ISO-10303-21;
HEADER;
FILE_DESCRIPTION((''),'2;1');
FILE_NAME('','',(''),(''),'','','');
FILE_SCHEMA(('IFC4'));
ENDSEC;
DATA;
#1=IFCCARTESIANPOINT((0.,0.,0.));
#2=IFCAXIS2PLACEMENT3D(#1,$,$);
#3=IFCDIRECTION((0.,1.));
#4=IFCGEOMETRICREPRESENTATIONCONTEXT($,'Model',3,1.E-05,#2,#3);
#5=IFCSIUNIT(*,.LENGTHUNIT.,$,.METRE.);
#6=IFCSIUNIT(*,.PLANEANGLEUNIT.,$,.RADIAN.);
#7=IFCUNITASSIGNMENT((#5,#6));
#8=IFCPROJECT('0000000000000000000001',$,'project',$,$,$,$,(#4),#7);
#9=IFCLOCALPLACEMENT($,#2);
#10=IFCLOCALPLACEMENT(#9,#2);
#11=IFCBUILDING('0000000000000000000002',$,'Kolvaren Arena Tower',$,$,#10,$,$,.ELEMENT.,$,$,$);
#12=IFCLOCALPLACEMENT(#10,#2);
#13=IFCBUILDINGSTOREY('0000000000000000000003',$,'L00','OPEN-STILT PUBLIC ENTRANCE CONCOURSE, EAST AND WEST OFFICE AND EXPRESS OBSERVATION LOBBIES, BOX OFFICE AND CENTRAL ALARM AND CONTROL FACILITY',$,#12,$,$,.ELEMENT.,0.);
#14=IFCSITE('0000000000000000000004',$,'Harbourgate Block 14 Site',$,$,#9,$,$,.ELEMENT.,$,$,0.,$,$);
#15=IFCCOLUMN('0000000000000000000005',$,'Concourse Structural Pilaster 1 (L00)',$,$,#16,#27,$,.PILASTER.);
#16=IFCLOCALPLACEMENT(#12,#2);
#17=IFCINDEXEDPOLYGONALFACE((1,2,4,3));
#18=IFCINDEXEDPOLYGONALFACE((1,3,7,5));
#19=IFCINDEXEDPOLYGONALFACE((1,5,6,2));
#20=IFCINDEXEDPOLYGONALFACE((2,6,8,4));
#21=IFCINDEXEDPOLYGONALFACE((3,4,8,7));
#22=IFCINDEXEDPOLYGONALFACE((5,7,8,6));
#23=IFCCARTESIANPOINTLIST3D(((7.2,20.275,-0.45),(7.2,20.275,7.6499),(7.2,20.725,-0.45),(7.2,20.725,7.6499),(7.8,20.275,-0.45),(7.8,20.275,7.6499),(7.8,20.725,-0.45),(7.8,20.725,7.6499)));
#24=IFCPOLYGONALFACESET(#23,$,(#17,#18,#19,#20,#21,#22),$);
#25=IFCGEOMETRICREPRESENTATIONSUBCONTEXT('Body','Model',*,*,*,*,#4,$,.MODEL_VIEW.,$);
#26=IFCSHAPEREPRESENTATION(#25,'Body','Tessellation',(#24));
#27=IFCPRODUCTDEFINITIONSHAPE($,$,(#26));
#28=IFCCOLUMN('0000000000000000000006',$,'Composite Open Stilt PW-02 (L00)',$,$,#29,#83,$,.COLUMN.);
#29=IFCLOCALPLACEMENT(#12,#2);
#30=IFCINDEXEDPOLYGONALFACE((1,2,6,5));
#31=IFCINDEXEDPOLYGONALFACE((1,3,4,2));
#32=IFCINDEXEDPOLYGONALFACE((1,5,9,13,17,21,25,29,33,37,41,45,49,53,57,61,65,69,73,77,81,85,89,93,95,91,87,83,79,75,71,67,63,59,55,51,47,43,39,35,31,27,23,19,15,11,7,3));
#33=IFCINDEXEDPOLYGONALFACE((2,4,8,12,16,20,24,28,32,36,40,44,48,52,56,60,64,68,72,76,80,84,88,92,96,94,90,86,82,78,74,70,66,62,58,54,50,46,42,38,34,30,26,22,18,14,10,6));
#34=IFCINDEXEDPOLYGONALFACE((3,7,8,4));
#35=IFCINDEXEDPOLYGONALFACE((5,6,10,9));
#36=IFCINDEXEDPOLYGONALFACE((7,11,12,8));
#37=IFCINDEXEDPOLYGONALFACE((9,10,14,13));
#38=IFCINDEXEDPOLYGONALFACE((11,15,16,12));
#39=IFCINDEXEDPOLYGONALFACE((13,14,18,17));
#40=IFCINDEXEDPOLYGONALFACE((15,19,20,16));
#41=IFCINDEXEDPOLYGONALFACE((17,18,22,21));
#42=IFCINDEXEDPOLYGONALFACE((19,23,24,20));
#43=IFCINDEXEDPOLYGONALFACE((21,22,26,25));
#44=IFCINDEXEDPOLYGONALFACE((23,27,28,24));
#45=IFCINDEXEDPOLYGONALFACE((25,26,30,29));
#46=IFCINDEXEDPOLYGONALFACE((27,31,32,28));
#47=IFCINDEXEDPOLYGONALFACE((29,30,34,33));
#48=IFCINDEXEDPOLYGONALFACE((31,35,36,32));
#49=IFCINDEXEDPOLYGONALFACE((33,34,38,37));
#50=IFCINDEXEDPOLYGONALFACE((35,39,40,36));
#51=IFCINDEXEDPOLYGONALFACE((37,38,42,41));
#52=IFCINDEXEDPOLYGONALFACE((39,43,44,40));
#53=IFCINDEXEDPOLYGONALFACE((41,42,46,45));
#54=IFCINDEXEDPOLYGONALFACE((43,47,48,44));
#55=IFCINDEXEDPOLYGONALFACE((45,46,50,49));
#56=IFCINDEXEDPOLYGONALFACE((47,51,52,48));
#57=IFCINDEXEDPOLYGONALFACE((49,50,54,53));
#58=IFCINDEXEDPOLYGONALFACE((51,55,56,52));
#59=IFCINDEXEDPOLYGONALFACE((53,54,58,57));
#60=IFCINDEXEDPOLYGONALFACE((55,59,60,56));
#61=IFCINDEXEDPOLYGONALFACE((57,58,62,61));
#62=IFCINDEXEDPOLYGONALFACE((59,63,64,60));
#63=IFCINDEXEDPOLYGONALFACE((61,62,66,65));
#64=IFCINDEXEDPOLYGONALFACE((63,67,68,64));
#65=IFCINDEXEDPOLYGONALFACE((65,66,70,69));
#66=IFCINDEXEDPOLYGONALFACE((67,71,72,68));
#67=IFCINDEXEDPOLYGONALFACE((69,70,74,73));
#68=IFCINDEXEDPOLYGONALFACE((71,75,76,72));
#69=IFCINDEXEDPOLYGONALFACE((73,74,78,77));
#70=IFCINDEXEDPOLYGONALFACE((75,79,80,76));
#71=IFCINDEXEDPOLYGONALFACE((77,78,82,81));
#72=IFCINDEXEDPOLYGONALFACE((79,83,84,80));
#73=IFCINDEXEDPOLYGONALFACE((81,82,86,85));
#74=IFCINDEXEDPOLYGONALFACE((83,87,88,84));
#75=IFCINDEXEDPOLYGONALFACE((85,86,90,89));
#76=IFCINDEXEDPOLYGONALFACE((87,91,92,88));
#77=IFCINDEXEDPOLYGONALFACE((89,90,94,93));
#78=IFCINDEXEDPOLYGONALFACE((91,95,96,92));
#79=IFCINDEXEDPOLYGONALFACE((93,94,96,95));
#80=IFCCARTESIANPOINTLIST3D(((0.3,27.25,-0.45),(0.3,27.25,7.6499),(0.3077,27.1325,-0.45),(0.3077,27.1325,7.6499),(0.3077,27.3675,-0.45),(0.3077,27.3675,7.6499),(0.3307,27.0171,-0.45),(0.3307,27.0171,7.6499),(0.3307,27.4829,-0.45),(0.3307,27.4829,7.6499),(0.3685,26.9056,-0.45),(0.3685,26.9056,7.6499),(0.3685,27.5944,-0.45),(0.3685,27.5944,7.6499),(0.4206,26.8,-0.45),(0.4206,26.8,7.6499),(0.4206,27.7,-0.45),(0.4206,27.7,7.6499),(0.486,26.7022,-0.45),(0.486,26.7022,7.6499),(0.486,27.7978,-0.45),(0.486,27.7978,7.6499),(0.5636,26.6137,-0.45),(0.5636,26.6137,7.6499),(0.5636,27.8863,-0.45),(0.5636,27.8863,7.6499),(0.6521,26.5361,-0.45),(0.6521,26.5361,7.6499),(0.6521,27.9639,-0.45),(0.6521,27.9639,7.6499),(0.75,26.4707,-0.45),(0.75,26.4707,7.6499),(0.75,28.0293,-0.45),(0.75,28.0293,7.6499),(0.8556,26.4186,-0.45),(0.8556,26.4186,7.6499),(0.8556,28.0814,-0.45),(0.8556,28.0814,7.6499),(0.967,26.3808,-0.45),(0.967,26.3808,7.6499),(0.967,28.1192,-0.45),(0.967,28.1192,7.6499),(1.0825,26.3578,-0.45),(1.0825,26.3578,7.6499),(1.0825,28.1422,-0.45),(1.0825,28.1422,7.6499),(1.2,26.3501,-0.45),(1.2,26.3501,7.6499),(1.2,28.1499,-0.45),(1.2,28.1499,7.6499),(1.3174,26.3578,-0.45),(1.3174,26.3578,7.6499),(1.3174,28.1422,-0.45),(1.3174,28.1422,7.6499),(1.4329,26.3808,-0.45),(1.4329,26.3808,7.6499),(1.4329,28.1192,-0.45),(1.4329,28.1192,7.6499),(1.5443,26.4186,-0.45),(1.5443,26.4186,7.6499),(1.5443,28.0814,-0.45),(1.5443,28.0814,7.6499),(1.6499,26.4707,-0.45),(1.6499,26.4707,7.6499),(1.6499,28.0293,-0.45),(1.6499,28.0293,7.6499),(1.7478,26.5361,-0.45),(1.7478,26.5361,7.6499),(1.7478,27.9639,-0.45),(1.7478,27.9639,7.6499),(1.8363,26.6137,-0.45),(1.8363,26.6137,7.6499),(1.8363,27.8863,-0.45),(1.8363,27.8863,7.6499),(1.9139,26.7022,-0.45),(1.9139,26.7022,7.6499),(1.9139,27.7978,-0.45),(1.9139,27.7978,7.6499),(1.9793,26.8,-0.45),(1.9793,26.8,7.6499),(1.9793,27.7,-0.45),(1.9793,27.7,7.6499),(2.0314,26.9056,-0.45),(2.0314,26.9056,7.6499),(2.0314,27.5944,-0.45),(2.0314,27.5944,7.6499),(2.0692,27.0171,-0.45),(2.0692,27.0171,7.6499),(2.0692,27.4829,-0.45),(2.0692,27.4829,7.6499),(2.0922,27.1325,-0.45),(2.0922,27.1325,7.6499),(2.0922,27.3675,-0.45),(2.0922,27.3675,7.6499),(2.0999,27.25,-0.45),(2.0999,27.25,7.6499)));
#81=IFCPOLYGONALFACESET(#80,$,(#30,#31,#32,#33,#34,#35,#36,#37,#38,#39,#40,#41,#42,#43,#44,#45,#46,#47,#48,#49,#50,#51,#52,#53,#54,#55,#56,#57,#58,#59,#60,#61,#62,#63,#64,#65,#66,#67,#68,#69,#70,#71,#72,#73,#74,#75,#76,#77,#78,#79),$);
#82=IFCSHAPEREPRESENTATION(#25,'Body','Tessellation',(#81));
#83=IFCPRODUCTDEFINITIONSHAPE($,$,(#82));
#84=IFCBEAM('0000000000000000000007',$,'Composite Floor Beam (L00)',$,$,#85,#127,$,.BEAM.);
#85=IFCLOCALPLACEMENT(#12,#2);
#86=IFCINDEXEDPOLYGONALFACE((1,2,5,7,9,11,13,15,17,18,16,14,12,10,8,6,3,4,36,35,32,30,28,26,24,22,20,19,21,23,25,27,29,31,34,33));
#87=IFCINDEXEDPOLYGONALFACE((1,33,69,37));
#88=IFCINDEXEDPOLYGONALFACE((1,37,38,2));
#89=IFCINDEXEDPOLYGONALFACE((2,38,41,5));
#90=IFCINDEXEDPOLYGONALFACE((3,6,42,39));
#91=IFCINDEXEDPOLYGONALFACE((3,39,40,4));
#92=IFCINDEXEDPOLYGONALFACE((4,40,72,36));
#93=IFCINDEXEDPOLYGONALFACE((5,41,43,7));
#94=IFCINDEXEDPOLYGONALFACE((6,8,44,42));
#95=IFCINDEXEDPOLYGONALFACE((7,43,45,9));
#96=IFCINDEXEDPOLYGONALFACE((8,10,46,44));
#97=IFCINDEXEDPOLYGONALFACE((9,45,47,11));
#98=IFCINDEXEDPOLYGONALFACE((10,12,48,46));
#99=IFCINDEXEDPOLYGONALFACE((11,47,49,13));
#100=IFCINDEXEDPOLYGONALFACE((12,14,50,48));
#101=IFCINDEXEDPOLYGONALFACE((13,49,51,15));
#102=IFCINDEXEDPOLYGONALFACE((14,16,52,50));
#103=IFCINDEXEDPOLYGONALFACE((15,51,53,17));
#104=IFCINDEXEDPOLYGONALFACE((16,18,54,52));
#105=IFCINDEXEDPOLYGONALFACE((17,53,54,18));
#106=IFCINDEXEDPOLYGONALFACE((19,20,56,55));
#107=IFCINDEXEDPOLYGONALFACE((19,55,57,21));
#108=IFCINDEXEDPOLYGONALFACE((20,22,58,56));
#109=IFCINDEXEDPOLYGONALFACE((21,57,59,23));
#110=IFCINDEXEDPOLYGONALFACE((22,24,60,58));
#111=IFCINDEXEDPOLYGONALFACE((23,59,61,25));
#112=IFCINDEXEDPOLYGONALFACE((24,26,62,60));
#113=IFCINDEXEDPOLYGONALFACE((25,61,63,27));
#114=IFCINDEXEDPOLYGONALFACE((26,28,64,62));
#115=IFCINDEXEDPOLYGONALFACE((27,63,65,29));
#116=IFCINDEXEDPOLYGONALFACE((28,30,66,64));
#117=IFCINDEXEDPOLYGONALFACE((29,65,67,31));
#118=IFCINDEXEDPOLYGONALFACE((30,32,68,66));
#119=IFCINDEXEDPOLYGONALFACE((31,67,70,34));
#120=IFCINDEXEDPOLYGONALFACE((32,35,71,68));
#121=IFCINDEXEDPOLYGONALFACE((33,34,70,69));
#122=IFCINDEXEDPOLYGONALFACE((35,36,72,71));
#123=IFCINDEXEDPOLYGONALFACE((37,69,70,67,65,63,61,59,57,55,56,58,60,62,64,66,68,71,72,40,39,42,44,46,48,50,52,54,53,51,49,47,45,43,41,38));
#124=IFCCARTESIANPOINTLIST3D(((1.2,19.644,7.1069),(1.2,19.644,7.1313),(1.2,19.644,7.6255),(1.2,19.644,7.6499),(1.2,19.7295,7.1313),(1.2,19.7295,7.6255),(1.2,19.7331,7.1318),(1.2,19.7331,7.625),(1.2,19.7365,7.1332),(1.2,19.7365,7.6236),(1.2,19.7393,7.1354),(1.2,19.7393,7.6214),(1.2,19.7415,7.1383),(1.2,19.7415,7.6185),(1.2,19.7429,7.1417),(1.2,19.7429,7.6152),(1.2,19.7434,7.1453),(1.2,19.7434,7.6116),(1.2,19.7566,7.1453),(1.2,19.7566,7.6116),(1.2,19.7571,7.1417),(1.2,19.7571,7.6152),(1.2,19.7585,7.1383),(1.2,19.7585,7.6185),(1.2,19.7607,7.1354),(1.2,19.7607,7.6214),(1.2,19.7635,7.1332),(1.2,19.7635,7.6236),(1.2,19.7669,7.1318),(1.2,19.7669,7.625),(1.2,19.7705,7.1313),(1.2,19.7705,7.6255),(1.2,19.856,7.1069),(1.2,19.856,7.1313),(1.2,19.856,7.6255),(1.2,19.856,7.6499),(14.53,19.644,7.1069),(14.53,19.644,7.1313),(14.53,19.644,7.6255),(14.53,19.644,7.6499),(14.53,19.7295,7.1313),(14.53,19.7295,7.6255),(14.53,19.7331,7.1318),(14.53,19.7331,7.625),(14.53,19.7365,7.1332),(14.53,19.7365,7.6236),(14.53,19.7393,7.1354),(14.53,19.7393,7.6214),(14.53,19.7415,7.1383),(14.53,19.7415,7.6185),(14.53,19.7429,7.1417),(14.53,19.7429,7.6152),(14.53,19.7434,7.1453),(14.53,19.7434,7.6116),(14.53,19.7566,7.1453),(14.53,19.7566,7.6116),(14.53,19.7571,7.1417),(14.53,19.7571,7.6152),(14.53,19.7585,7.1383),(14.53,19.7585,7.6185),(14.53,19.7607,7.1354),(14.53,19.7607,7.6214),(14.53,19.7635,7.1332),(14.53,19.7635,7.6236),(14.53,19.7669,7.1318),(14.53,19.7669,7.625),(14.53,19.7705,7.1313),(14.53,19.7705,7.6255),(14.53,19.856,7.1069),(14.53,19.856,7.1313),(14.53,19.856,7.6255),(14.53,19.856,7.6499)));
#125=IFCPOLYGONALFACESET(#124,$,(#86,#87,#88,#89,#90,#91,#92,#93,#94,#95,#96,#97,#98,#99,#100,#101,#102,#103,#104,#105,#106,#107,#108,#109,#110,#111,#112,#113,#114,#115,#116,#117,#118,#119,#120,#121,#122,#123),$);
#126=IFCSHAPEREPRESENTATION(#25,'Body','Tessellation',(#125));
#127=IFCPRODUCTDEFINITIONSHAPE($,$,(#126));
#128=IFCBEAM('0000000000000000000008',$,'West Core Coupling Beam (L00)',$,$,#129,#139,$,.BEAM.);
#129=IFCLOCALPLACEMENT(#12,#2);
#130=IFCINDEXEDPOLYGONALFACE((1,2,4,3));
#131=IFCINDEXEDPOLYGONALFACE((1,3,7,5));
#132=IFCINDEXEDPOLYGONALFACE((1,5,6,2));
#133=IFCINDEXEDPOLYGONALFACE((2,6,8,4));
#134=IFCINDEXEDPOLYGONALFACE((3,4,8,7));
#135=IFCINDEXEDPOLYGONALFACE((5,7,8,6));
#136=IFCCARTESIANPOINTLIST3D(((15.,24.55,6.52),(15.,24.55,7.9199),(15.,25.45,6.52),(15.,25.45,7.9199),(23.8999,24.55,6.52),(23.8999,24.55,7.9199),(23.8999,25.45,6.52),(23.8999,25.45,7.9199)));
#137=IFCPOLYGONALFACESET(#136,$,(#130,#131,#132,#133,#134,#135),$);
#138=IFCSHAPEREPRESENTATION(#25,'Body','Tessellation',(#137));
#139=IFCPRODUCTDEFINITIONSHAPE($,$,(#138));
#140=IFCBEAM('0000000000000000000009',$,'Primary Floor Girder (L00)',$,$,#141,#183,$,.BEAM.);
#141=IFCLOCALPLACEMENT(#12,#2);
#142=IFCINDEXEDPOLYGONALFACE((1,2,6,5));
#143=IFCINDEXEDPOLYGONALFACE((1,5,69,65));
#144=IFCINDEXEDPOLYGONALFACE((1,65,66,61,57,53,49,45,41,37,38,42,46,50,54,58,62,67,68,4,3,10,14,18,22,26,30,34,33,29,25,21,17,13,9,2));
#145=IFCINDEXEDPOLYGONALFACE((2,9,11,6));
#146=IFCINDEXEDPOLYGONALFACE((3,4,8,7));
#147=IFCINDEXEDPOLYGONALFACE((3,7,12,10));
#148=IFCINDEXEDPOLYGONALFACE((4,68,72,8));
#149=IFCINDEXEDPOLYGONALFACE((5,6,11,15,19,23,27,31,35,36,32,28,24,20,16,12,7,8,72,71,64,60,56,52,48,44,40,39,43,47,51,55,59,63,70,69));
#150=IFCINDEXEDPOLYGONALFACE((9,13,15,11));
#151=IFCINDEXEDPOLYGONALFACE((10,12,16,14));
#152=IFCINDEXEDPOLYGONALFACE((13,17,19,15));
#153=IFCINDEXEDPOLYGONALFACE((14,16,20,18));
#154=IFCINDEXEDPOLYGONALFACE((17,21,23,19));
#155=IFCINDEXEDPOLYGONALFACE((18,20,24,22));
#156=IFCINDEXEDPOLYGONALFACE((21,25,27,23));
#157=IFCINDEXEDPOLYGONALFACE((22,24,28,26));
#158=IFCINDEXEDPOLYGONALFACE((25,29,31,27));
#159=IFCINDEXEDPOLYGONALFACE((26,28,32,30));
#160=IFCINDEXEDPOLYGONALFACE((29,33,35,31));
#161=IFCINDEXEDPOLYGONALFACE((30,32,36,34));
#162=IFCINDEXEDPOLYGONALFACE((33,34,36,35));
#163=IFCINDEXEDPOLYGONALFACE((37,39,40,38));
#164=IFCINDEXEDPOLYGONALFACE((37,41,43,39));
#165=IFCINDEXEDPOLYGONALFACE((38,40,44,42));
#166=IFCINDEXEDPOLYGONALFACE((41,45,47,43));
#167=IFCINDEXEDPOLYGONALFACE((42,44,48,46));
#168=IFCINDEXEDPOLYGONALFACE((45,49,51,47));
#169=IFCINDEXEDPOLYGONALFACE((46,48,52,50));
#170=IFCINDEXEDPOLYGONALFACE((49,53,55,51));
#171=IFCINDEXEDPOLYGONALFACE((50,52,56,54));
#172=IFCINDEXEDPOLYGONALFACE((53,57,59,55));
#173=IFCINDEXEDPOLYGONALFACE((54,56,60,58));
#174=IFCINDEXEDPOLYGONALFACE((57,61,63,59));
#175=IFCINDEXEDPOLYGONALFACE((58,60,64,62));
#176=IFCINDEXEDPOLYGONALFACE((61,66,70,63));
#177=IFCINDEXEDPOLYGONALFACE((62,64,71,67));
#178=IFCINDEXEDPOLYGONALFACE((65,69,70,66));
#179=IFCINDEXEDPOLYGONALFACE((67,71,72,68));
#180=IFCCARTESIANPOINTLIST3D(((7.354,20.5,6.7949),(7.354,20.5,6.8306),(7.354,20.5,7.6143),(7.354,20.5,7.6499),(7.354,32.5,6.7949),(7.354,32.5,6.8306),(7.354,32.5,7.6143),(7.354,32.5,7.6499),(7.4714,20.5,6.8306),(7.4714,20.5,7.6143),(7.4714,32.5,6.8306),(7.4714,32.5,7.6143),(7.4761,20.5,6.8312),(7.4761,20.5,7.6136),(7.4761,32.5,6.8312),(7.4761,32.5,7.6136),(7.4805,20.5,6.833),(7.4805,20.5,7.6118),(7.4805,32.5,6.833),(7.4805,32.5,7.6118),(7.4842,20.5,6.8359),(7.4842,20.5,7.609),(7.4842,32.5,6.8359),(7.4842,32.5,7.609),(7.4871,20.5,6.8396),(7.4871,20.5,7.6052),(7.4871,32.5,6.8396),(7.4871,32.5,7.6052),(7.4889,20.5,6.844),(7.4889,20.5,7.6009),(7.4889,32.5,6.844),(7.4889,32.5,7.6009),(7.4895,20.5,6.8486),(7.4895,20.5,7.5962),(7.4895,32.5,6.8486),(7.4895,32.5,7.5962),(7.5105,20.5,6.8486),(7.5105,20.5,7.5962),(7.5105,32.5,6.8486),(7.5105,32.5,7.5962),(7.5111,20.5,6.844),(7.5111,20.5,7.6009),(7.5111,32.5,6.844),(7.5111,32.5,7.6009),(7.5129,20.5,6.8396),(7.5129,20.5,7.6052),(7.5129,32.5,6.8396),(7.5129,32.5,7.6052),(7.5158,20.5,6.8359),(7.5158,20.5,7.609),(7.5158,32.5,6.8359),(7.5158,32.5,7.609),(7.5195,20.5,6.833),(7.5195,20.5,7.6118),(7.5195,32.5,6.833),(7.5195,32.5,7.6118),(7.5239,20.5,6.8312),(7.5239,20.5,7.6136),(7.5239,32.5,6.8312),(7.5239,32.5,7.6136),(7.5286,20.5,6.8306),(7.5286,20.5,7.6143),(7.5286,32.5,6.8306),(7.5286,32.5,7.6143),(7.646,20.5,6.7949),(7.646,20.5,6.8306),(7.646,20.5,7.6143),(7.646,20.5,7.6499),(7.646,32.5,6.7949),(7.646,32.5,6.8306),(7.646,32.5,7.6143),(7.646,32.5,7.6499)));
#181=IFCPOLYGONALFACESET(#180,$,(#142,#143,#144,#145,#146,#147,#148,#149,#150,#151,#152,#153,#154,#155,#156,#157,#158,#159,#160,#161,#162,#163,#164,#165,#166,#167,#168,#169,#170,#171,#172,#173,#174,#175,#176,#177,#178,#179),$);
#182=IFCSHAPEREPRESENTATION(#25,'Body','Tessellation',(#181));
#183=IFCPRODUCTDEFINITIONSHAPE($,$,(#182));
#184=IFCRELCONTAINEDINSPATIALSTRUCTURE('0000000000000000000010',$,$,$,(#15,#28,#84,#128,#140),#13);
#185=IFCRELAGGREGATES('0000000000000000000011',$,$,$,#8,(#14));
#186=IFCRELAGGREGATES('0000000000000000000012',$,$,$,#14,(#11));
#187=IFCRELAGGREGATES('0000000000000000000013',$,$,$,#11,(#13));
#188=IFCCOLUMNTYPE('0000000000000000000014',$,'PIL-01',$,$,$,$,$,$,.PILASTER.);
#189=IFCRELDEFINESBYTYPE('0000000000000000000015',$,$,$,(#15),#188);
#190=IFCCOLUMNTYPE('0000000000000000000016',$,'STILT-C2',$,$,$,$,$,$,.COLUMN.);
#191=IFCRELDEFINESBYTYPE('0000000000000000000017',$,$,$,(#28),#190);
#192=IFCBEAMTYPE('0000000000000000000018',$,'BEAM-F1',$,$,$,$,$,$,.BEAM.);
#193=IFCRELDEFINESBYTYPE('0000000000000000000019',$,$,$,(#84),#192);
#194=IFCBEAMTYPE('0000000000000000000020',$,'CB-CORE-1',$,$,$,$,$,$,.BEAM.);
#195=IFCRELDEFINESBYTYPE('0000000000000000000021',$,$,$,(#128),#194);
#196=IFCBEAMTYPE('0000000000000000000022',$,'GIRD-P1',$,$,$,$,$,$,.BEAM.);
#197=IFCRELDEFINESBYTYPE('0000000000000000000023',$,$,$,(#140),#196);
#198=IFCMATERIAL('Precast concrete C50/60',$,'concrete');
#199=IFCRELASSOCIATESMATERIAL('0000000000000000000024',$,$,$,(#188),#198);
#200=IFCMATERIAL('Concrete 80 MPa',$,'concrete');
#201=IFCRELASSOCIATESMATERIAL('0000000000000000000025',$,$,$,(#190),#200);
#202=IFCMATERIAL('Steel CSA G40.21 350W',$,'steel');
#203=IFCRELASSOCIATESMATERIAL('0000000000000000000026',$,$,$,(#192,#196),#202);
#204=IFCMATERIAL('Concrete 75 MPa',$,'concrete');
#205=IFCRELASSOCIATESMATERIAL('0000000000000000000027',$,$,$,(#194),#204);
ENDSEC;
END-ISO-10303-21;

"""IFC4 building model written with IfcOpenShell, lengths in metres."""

from ifc_helpers import new_model, si_unit, direction, frame, origin, origin_2d, place, context, subcontext, project, spatial, rectangle, circle, i_section, extrude, material, material_profile, profile_set, type_object, element, save


model = new_model("IFC4")

# Units and contexts
model_context = context("Model", 3, precision=1e-05, world=origin(), true_north=direction((0.0, 1.0)))
body_context = subcontext(model_context, "Body", "Model", "MODEL_VIEW")
ifc_project = project(units=[si_unit("LENGTHUNIT", "METRE"), si_unit("PLANEANGLEUNIT", "RADIAN")], contexts=[model_context])

# Site, building, storey
site_placement = place(None, origin())
site = spatial("IfcSite", under=ifc_project, at=site_placement, Name="Harbourgate Block 14 Site", CompositionType="ELEMENT", RefElevation=0.0)
building_placement = place(site_placement, origin())
building = spatial("IfcBuilding", under=site, at=building_placement, Name="Kolvaren Arena Tower", CompositionType="ELEMENT")
storey_placement = place(building_placement, origin())
storey = spatial("IfcBuildingStorey", under=building, at=storey_placement, Name="L00", Description="OPEN-STILT PUBLIC ENTRANCE CONCOURSE, EAST AND WEST OFFICE AND EXPRESS OBSERVATION LOBBIES, BOX OFFICE AND CENTRAL ALARM AND CONTROL FACILITY", CompositionType="ELEMENT", Elevation=0.0)

# Columns
ifc_material_1 = material(Name="Precast concrete C50/60", Category="concrete")
ifc_material_profile_1 = material_profile(ifc_material_1, rectangle(XDim=0.6001, YDim=0.45, at=origin_2d()), Name="RC-600x450")
ifc_profile_set_1 = profile_set([ifc_material_profile_1], Name="Precast concrete C50/60")
column_type_1 = type_object("IfcColumnType", Name="PIL-01", PredefinedType="PILASTER", material=ifc_profile_set_1)
column_1_placement = place(storey_placement, frame((7.5, 20.5, -0.45), z_axis=(0.0, 0.0, 1.0), x_axis=(1.0, 0.0, 0.0)))
element("IfcColumn", 1, at=column_1_placement, inside=storey, type_object=column_type_1, Name="Concourse Structural Pilaster 1 (L00)", PredefinedType="PILASTER", context=body_context, shape_type="SweptSolid", body=[
    extrude(rectangle(XDim=0.6001, YDim=0.45, at=origin_2d()), origin(), (0.0, 0.0, 1.0), 8.0999),
])
ifc_material_2 = material(Name="Concrete 80 MPa", Category="concrete")
ifc_material_profile_2 = material_profile(ifc_material_2, circle(Radius=0.8999, at=origin_2d()), Name="RC-CIRC-1800")
ifc_profile_set_2 = profile_set([ifc_material_profile_2], Name="Concrete 80 MPa")
column_type_2 = type_object("IfcColumnType", Name="STILT-C2", PredefinedType="COLUMN", material=ifc_profile_set_2)
column_2_placement = place(storey_placement, frame((1.2, 27.25, -0.45), z_axis=(0.0, 0.0, 1.0), x_axis=(1.0, 0.0, 0.0)))
element("IfcColumn", 2, at=column_2_placement, inside=storey, type_object=column_type_2, Name="Composite Open Stilt PW-02 (L00)", PredefinedType="COLUMN", context=body_context, shape_type="SweptSolid", body=[
    extrude(circle(Radius=0.8999, at=origin_2d()), origin(), (0.0, 0.0, 1.0), 8.0999),
])

# Beams
ifc_material_3 = material(Name="Steel CSA G40.21 350W", Category="steel")
ifc_material_profile_3 = material_profile(ifc_material_3, i_section(OverallWidth=0.2119, OverallDepth=0.543, WebThickness=0.0132, FlangeThickness=0.0244, FilletRadius=0.0139, at=origin_2d()), Name="W530x150")
ifc_profile_set_3 = profile_set([ifc_material_profile_3], Name="Steel CSA G40.21 350W")
beam_type_1 = type_object("IfcBeamType", Name="BEAM-F1", PredefinedType="BEAM", material=ifc_profile_set_3)
beam_1_placement = place(storey_placement, frame((1.2, 19.75, 7.3784), z_axis=(1.0, 0.0, 0.0), x_axis=(0.0, 1.0, 0.0)))
element("IfcBeam", 3, at=beam_1_placement, inside=storey, type_object=beam_type_1, Name="Composite Floor Beam (L00)", PredefinedType="BEAM", context=body_context, shape_type="SweptSolid", body=[
    extrude(i_section(OverallWidth=0.2119, OverallDepth=0.543, WebThickness=0.0132, FlangeThickness=0.0244, FilletRadius=0.0139, at=origin_2d()), origin(), (0.0, 0.0, 1.0), 13.3301),
])
ifc_material_4 = material(Name="Concrete 75 MPa", Category="concrete")
ifc_material_profile_4 = material_profile(ifc_material_4, rectangle(XDim=0.8999, YDim=1.3999, at=origin_2d()), Name="RC-900x1400")
ifc_profile_set_4 = profile_set([ifc_material_profile_4], Name="Concrete 75 MPa")
beam_type_2 = type_object("IfcBeamType", Name="CB-CORE-1", PredefinedType="BEAM", material=ifc_profile_set_4)
beam_2_placement = place(storey_placement, frame((15.0, 25.0, 7.22), z_axis=(1.0, 0.0, 0.0), x_axis=(0.0, 1.0, 0.0)))
element("IfcBeam", 4, at=beam_2_placement, inside=storey, type_object=beam_type_2, Name="West Core Coupling Beam (L00)", PredefinedType="BEAM", context=body_context, shape_type="SweptSolid", body=[
    extrude(rectangle(XDim=0.8999, YDim=1.3999, at=origin_2d()), origin(), (0.0, 0.0, 1.0), 8.8999),
])
ifc_material_profile_5 = material_profile(ifc_material_3, i_section(OverallWidth=0.292, OverallDepth=0.855, WebThickness=0.021, FlangeThickness=0.0356, FilletRadius=0.0181, at=origin_2d()), Name="W840x299")
ifc_profile_set_5 = profile_set([ifc_material_profile_5], Name="Steel CSA G40.21 350W")
beam_type_3 = type_object("IfcBeamType", Name="GIRD-P1", PredefinedType="BEAM", material=ifc_profile_set_5)
beam_3_placement = place(storey_placement, frame((7.5, 20.5, 7.2224), z_axis=(0.0, 1.0, 0.0), x_axis=(-1.0, 0.0, 0.0)))
element("IfcBeam", 5, at=beam_3_placement, inside=storey, type_object=beam_type_3, Name="Primary Floor Girder (L00)", PredefinedType="BEAM", context=body_context, shape_type="SweptSolid", body=[
    extrude(i_section(OverallWidth=0.292, OverallDepth=0.855, WebThickness=0.021, FlangeThickness=0.0356, FilletRadius=0.0181, at=origin_2d()), origin(), (0.0, 0.0, 1.0), 12.0),
])

save(model, "model.ifc")
